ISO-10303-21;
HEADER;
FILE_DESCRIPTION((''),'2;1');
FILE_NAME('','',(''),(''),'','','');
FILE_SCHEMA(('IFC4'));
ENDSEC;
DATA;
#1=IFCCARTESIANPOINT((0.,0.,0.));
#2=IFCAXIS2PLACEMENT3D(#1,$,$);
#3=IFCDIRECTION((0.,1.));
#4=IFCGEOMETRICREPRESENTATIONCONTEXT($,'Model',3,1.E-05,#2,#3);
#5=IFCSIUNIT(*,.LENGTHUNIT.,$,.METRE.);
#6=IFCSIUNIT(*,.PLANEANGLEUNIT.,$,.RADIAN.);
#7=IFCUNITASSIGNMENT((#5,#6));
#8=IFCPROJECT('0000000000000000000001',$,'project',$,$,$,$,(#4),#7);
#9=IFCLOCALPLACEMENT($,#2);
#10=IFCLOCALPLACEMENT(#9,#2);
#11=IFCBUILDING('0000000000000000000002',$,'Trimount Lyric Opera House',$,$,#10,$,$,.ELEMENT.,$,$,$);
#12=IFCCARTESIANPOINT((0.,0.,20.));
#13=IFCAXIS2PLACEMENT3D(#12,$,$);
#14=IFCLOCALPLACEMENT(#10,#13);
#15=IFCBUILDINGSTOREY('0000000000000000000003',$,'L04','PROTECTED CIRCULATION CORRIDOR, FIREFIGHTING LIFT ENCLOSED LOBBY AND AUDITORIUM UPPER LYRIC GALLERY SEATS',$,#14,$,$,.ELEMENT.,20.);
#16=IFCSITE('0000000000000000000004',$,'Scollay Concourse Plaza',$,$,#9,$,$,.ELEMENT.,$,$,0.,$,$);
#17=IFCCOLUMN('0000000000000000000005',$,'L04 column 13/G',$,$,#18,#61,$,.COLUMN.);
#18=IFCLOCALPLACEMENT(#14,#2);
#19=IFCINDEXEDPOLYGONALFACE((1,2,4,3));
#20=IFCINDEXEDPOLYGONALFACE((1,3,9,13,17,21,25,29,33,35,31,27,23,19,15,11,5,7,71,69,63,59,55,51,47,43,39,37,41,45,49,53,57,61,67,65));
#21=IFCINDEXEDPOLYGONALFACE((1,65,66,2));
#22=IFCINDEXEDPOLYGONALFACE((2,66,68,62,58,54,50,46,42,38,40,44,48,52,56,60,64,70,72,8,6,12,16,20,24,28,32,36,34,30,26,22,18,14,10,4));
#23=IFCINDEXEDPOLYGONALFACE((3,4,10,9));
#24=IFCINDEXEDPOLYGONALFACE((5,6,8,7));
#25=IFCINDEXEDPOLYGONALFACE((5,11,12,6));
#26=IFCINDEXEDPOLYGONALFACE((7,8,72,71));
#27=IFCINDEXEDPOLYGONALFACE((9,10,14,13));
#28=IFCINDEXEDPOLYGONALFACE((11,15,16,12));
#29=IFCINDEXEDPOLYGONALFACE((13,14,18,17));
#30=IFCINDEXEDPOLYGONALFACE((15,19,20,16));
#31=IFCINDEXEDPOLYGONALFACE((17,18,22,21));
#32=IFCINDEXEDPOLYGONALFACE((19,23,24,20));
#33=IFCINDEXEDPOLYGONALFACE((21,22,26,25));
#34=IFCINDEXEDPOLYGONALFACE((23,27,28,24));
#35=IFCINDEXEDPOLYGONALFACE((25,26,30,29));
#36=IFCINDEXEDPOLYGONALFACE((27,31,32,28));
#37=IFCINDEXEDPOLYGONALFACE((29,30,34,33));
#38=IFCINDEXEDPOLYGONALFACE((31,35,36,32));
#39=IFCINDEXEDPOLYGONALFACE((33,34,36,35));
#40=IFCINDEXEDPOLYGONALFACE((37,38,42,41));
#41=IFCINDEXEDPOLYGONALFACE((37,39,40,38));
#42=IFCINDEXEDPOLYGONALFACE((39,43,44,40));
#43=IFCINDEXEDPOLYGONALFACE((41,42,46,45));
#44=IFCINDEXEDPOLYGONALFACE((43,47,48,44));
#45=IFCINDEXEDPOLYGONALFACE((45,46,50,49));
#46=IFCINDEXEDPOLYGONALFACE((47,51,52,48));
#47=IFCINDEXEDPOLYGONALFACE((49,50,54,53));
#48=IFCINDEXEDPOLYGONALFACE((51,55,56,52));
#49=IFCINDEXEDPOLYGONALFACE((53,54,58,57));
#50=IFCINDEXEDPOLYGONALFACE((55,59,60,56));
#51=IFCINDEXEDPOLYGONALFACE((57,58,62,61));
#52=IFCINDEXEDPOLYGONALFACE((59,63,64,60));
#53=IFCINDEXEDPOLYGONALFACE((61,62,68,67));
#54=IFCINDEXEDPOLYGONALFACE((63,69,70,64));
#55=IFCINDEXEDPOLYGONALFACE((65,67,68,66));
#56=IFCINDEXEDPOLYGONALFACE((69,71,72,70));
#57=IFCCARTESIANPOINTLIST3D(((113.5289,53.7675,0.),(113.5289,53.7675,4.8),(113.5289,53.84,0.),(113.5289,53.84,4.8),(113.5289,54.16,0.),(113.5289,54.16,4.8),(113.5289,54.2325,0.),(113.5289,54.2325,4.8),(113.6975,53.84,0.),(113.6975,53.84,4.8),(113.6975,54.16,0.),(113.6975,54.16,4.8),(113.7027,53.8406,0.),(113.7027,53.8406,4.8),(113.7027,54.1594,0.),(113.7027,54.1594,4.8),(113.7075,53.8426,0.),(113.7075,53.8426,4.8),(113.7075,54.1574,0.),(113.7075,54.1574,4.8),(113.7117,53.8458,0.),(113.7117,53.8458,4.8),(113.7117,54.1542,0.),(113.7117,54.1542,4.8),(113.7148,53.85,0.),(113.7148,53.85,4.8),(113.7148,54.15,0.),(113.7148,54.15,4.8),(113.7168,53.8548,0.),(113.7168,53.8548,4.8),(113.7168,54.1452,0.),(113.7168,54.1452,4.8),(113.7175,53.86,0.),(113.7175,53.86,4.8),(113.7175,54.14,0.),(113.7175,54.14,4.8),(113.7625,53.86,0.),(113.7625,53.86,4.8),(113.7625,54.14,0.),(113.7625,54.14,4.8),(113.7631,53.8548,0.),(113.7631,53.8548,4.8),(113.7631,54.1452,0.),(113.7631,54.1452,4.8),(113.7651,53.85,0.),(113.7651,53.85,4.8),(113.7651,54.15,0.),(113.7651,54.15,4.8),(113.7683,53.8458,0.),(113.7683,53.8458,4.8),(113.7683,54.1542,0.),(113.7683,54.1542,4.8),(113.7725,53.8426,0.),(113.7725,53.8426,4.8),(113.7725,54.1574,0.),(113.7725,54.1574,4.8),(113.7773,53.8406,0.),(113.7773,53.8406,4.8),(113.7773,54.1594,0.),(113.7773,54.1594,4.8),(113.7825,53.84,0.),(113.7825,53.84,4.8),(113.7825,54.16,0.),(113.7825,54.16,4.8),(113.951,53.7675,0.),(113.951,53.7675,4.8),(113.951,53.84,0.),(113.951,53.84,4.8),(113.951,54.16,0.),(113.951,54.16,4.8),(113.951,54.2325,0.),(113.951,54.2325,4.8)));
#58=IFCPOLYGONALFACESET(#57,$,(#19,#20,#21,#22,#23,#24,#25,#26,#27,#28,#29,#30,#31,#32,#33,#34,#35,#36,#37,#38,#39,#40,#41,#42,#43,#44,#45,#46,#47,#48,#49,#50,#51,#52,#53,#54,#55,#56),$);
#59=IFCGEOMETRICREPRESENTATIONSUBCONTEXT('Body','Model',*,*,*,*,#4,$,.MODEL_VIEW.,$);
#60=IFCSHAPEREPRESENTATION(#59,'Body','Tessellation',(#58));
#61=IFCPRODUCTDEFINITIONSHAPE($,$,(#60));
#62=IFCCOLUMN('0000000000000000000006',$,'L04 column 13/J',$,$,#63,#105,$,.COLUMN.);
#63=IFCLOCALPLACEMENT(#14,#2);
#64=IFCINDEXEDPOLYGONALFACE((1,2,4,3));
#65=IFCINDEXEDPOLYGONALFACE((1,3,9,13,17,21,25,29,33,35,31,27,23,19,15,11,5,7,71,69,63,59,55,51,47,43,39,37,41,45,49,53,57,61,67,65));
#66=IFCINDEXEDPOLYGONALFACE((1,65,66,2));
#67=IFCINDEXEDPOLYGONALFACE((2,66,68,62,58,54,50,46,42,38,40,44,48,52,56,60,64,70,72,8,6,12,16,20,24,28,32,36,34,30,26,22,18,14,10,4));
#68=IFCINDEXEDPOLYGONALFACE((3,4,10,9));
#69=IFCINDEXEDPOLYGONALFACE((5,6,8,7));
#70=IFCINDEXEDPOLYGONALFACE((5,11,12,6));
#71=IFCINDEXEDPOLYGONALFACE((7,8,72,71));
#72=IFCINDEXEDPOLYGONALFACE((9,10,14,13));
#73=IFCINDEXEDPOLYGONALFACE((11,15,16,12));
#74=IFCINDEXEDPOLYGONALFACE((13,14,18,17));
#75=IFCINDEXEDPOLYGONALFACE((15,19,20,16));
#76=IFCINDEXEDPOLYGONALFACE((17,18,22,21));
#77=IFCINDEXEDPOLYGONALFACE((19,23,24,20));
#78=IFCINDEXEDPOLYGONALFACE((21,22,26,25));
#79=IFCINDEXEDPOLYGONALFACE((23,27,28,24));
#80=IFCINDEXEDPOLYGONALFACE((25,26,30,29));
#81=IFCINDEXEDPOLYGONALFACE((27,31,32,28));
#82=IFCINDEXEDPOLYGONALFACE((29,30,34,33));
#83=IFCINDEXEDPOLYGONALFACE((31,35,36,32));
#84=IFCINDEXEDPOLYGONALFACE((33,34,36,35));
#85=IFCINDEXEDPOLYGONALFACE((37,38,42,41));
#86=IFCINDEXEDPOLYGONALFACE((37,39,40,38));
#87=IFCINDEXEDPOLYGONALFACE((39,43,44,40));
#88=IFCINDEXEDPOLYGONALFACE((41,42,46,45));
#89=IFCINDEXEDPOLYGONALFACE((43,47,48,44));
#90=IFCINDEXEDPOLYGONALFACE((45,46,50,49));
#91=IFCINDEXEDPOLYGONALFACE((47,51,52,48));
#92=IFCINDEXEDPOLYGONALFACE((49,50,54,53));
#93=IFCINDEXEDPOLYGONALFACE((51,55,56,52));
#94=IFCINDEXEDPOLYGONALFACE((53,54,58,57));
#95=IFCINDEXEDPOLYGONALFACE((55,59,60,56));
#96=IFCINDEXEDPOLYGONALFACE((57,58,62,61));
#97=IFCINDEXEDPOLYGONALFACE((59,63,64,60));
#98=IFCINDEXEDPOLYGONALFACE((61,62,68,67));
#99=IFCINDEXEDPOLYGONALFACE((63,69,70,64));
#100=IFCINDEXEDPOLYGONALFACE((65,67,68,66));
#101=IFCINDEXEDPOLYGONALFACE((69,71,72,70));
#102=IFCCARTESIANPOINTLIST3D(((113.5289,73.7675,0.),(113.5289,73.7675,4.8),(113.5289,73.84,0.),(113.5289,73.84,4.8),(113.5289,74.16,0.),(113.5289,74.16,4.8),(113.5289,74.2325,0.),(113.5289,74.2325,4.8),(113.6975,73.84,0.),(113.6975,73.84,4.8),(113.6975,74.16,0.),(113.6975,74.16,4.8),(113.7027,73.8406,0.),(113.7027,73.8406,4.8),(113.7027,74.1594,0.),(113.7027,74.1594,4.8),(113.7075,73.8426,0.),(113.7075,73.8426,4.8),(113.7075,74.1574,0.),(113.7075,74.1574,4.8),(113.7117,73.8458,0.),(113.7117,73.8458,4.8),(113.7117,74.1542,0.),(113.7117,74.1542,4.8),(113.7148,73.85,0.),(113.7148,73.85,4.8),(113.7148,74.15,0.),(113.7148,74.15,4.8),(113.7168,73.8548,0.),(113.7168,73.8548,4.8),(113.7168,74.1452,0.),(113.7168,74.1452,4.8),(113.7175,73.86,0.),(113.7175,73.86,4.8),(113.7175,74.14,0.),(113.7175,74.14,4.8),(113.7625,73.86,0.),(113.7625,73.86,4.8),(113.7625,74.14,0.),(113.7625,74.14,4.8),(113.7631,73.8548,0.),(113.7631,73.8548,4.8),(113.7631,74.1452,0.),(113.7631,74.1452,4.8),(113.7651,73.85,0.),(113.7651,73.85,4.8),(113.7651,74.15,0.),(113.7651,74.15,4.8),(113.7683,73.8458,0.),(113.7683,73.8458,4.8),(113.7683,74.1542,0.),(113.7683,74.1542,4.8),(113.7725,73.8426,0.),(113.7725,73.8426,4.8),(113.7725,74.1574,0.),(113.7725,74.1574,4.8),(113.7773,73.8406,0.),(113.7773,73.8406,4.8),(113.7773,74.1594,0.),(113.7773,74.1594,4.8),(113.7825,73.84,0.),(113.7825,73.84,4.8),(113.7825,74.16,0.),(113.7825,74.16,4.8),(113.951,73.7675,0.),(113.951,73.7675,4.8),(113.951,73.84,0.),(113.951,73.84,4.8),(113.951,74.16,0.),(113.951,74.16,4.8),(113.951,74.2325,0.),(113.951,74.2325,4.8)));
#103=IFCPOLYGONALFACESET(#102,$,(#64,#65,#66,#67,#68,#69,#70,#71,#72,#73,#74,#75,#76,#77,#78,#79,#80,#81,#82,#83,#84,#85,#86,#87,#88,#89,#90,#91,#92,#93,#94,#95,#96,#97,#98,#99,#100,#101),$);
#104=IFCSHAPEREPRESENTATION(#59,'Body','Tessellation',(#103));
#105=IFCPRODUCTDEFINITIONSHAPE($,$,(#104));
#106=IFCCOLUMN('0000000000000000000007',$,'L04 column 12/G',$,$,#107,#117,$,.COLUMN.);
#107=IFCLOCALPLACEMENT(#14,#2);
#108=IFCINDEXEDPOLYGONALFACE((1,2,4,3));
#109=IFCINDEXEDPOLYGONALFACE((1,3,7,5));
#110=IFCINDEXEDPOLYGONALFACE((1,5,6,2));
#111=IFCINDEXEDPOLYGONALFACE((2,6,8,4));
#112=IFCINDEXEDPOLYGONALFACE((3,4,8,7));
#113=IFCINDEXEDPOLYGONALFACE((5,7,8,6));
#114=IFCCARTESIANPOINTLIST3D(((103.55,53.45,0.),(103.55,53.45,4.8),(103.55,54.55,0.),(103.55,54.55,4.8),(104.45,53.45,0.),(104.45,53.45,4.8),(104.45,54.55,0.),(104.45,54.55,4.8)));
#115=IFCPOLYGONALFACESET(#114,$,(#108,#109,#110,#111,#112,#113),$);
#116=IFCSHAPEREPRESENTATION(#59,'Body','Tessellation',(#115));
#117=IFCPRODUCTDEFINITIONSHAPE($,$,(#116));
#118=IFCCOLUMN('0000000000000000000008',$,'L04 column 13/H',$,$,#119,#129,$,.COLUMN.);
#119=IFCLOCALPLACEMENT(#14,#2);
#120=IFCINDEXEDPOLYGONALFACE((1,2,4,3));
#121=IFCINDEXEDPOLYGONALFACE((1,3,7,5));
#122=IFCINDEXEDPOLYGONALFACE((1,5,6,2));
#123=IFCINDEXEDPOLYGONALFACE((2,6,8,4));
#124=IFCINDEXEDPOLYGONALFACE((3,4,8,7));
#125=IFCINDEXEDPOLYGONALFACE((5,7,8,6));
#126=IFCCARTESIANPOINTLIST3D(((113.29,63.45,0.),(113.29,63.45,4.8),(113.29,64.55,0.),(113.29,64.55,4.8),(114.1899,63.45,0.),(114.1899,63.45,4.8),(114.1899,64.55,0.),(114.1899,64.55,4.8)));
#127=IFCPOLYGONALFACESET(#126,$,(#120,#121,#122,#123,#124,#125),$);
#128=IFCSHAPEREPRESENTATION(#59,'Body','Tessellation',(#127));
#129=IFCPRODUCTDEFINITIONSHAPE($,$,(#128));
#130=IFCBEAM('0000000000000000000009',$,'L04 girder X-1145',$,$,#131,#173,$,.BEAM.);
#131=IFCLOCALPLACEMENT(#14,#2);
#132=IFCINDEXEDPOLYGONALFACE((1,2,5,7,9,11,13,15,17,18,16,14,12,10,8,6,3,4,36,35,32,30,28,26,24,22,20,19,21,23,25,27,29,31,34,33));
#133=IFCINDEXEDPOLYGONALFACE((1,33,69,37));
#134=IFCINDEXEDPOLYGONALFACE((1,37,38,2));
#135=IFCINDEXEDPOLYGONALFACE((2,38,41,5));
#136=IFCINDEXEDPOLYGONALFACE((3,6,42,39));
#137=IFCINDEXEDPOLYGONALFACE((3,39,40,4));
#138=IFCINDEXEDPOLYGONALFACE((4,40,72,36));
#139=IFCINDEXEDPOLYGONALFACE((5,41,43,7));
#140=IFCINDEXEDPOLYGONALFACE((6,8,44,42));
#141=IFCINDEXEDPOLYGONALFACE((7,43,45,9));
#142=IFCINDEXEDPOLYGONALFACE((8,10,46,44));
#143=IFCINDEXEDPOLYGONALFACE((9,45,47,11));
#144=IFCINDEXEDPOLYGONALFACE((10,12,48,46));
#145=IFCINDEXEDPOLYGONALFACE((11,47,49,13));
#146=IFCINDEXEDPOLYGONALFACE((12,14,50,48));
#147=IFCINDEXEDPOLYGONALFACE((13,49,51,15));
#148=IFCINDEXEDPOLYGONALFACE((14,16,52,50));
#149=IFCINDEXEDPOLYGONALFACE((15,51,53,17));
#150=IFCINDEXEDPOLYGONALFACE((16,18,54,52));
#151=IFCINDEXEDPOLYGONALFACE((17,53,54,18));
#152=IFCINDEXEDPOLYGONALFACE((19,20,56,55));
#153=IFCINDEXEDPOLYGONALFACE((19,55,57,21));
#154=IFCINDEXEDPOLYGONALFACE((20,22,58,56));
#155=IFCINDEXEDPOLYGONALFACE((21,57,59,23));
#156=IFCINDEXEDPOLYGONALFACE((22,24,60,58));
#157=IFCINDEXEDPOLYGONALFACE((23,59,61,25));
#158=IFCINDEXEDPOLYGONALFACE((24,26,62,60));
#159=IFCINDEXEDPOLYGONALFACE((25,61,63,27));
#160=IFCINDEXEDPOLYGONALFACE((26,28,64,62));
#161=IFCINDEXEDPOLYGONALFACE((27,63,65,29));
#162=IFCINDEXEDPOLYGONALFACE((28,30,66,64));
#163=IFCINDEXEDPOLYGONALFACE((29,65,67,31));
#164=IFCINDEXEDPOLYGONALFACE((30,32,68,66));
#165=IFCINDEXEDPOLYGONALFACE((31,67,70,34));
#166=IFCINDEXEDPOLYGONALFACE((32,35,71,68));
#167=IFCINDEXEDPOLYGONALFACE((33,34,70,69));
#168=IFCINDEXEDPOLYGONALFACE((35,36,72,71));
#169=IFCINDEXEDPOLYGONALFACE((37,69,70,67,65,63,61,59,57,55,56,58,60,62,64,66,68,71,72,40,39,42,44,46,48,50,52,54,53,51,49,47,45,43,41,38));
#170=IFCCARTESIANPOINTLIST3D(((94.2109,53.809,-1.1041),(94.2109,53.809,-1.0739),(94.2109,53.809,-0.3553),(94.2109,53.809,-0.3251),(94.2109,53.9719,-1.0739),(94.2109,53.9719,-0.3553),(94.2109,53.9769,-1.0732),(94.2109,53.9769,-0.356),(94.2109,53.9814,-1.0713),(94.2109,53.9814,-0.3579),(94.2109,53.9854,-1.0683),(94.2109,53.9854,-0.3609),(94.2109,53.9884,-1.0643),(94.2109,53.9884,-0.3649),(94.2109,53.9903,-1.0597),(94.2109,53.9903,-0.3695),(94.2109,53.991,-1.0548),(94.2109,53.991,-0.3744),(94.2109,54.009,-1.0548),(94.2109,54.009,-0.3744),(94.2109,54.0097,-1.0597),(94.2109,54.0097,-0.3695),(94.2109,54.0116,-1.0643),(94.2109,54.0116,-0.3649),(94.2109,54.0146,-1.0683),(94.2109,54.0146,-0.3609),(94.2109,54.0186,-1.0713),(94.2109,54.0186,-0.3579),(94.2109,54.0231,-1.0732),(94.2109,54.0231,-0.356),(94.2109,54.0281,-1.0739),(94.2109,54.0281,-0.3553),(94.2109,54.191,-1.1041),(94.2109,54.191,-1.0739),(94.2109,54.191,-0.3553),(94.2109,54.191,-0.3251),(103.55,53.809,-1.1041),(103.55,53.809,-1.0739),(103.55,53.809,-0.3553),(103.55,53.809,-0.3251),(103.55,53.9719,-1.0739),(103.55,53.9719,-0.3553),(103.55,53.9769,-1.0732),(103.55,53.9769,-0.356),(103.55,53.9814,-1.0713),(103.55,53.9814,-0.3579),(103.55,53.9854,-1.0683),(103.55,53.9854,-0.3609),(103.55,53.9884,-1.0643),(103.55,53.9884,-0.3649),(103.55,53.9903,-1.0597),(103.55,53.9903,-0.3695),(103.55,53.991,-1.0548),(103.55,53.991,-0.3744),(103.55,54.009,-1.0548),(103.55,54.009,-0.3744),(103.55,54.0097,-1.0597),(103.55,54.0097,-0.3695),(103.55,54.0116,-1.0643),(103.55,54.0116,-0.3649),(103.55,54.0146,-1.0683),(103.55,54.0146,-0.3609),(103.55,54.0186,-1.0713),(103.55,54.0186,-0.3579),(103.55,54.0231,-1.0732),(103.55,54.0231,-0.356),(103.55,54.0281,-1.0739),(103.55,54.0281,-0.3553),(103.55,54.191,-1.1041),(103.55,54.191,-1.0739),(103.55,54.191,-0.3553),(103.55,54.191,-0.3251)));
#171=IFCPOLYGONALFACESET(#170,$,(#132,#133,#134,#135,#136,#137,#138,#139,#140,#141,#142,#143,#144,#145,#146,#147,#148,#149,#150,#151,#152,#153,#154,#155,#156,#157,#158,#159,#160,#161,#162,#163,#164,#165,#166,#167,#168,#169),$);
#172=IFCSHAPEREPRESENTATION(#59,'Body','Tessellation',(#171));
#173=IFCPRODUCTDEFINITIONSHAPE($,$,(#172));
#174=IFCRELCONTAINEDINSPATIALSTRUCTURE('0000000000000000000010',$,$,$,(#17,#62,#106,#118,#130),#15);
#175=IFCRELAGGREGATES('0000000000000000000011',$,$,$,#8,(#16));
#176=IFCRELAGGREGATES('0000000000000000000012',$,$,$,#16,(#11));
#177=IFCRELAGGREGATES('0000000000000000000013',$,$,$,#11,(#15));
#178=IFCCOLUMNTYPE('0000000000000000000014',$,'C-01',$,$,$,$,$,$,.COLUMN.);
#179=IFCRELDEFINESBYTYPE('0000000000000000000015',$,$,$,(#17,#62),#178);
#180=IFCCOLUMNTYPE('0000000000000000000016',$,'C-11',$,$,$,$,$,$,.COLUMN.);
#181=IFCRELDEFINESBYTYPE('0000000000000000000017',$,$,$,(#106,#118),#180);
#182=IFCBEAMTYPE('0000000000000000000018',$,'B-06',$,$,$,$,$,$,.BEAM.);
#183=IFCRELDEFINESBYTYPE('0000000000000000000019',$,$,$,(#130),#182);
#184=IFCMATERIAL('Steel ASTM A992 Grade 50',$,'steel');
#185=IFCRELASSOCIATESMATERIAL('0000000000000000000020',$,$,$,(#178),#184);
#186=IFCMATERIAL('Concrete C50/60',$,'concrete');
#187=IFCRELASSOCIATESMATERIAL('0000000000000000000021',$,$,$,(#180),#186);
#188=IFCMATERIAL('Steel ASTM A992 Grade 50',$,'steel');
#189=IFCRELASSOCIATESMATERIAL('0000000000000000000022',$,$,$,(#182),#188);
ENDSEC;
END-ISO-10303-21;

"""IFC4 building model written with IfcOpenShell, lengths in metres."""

from ifc_helpers import new_model, si_unit, direction, frame, origin, origin_2d, place, context, subcontext, project, spatial, rectangle, i_section, extrude, material, material_profile, profile_set, type_object, element, save


model = new_model("IFC4")

# Units and contexts
model_context = context("Model", 3, precision=1e-05, world=origin(), true_north=direction((0.0, 1.0)))
body_context = subcontext(model_context, "Body", "Model", "MODEL_VIEW")
ifc_project = project(units=[si_unit("LENGTHUNIT", "METRE"), si_unit("PLANEANGLEUNIT", "RADIAN")], contexts=[model_context])

# Site, building, storey
site_placement = place(None, origin())
site = spatial("IfcSite", under=ifc_project, at=site_placement, Name="Scollay Concourse Plaza", CompositionType="ELEMENT", RefElevation=0.0)
building_placement = place(site_placement, origin())
building = spatial("IfcBuilding", under=site, at=building_placement, Name="Trimount Lyric Opera House", CompositionType="ELEMENT")
storey_placement = place(building_placement, frame((0.0, 0.0, 20.0)))
storey = spatial("IfcBuildingStorey", under=building, at=storey_placement, Name="L04", Description="PROTECTED CIRCULATION CORRIDOR, FIREFIGHTING LIFT ENCLOSED LOBBY AND AUDITORIUM UPPER LYRIC GALLERY SEATS", CompositionType="ELEMENT", Elevation=20.0)

# Columns
ifc_material_1 = material(Name="Steel ASTM A992 Grade 50", Category="steel")
ifc_material_profile_1 = material_profile(ifc_material_1, i_section(OverallWidth=0.4221, OverallDepth=0.4651, WebThickness=0.0449, FlangeThickness=0.0725, FilletRadius=0.02, at=origin_2d()), Name="W14X398")
ifc_profile_set_1 = profile_set([ifc_material_profile_1], Name="Steel ASTM A992 Grade 50")
column_type_1 = type_object("IfcColumnType", Name="C-01", PredefinedType="COLUMN", material=ifc_profile_set_1)
for number, where, z_axis, x_axis, name in (
    (1, (113.74, 54.0, 0.0), (0.0, 0.0, 1.0), (1.0, 0.0, 0.0), "L04 column 13/G"),
    (2, (113.74, 74.0, 0.0), (0.0, 0.0, 1.0), (1.0, 0.0, 0.0), "L04 column 13/J"),
):
    element("IfcColumn", number, at=place(storey_placement, frame(where, z_axis=z_axis, x_axis=x_axis)), inside=storey, type_object=column_type_1, Name=name, PredefinedType="COLUMN", context=body_context, shape_type="SweptSolid", body=[
        extrude(i_section(OverallWidth=0.4221, OverallDepth=0.4651, WebThickness=0.0449, FlangeThickness=0.0725, FilletRadius=0.02, at=origin_2d()), origin(), (0.0, 0.0, 1.0), 4.8),
    ])
ifc_material_2 = material(Name="Concrete C50/60", Category="concrete")
ifc_material_profile_2 = material_profile(ifc_material_2, rectangle(XDim=0.8999, YDim=1.1001, at=origin_2d()), Name="RC1100X900")
ifc_profile_set_2 = profile_set([ifc_material_profile_2], Name="Concrete C50/60")
column_type_2 = type_object("IfcColumnType", Name="C-11", PredefinedType="COLUMN", material=ifc_profile_set_2)
for number, where, z_axis, x_axis, name in (
    (3, (104.0, 54.0, 0.0), (0.0, 0.0, 1.0), (1.0, 0.0, 0.0), "L04 column 12/G"),
    (4, (113.74, 64.0, 0.0), (0.0, 0.0, 1.0), (1.0, 0.0, 0.0), "L04 column 13/H"),
):
    element("IfcColumn", number, at=place(storey_placement, frame(where, z_axis=z_axis, x_axis=x_axis)), inside=storey, type_object=column_type_2, Name=name, PredefinedType="COLUMN", context=body_context, shape_type="SweptSolid", body=[
        extrude(rectangle(XDim=0.8999, YDim=1.1001, at=origin_2d()), origin(), (0.0, 0.0, 1.0), 4.8),
    ])

# Beam
ifc_material_3 = material(Name="Steel ASTM A992 Grade 50", Category="steel")
ifc_material_profile_3 = material_profile(ifc_material_3, i_section(OverallWidth=0.3821, OverallDepth=0.7791, WebThickness=0.0181, FlangeThickness=0.0303, FilletRadius=0.019, at=origin_2d()), Name="W30X191")
ifc_profile_set_3 = profile_set([ifc_material_profile_3], Name="Steel ASTM A992 Grade 50")
beam_type_1 = type_object("IfcBeamType", Name="B-06", PredefinedType="BEAM", material=ifc_profile_set_3)
beam_1_placement = place(storey_placement, frame((94.2109, 54.0, -0.7146), z_axis=(1.0, 0.0, 0.0), x_axis=(0.0, 1.0, 0.0)))
element("IfcBeam", 5, at=beam_1_placement, inside=storey, type_object=beam_type_1, Name="L04 girder X-1145", PredefinedType="BEAM", context=body_context, shape_type="SweptSolid", body=[
    extrude(i_section(OverallWidth=0.3821, OverallDepth=0.7791, WebThickness=0.0181, FlangeThickness=0.0303, FilletRadius=0.019, at=origin_2d()), origin(), (0.0, 0.0, 1.0), 9.3391),
])

save(model, "model.ifc")
